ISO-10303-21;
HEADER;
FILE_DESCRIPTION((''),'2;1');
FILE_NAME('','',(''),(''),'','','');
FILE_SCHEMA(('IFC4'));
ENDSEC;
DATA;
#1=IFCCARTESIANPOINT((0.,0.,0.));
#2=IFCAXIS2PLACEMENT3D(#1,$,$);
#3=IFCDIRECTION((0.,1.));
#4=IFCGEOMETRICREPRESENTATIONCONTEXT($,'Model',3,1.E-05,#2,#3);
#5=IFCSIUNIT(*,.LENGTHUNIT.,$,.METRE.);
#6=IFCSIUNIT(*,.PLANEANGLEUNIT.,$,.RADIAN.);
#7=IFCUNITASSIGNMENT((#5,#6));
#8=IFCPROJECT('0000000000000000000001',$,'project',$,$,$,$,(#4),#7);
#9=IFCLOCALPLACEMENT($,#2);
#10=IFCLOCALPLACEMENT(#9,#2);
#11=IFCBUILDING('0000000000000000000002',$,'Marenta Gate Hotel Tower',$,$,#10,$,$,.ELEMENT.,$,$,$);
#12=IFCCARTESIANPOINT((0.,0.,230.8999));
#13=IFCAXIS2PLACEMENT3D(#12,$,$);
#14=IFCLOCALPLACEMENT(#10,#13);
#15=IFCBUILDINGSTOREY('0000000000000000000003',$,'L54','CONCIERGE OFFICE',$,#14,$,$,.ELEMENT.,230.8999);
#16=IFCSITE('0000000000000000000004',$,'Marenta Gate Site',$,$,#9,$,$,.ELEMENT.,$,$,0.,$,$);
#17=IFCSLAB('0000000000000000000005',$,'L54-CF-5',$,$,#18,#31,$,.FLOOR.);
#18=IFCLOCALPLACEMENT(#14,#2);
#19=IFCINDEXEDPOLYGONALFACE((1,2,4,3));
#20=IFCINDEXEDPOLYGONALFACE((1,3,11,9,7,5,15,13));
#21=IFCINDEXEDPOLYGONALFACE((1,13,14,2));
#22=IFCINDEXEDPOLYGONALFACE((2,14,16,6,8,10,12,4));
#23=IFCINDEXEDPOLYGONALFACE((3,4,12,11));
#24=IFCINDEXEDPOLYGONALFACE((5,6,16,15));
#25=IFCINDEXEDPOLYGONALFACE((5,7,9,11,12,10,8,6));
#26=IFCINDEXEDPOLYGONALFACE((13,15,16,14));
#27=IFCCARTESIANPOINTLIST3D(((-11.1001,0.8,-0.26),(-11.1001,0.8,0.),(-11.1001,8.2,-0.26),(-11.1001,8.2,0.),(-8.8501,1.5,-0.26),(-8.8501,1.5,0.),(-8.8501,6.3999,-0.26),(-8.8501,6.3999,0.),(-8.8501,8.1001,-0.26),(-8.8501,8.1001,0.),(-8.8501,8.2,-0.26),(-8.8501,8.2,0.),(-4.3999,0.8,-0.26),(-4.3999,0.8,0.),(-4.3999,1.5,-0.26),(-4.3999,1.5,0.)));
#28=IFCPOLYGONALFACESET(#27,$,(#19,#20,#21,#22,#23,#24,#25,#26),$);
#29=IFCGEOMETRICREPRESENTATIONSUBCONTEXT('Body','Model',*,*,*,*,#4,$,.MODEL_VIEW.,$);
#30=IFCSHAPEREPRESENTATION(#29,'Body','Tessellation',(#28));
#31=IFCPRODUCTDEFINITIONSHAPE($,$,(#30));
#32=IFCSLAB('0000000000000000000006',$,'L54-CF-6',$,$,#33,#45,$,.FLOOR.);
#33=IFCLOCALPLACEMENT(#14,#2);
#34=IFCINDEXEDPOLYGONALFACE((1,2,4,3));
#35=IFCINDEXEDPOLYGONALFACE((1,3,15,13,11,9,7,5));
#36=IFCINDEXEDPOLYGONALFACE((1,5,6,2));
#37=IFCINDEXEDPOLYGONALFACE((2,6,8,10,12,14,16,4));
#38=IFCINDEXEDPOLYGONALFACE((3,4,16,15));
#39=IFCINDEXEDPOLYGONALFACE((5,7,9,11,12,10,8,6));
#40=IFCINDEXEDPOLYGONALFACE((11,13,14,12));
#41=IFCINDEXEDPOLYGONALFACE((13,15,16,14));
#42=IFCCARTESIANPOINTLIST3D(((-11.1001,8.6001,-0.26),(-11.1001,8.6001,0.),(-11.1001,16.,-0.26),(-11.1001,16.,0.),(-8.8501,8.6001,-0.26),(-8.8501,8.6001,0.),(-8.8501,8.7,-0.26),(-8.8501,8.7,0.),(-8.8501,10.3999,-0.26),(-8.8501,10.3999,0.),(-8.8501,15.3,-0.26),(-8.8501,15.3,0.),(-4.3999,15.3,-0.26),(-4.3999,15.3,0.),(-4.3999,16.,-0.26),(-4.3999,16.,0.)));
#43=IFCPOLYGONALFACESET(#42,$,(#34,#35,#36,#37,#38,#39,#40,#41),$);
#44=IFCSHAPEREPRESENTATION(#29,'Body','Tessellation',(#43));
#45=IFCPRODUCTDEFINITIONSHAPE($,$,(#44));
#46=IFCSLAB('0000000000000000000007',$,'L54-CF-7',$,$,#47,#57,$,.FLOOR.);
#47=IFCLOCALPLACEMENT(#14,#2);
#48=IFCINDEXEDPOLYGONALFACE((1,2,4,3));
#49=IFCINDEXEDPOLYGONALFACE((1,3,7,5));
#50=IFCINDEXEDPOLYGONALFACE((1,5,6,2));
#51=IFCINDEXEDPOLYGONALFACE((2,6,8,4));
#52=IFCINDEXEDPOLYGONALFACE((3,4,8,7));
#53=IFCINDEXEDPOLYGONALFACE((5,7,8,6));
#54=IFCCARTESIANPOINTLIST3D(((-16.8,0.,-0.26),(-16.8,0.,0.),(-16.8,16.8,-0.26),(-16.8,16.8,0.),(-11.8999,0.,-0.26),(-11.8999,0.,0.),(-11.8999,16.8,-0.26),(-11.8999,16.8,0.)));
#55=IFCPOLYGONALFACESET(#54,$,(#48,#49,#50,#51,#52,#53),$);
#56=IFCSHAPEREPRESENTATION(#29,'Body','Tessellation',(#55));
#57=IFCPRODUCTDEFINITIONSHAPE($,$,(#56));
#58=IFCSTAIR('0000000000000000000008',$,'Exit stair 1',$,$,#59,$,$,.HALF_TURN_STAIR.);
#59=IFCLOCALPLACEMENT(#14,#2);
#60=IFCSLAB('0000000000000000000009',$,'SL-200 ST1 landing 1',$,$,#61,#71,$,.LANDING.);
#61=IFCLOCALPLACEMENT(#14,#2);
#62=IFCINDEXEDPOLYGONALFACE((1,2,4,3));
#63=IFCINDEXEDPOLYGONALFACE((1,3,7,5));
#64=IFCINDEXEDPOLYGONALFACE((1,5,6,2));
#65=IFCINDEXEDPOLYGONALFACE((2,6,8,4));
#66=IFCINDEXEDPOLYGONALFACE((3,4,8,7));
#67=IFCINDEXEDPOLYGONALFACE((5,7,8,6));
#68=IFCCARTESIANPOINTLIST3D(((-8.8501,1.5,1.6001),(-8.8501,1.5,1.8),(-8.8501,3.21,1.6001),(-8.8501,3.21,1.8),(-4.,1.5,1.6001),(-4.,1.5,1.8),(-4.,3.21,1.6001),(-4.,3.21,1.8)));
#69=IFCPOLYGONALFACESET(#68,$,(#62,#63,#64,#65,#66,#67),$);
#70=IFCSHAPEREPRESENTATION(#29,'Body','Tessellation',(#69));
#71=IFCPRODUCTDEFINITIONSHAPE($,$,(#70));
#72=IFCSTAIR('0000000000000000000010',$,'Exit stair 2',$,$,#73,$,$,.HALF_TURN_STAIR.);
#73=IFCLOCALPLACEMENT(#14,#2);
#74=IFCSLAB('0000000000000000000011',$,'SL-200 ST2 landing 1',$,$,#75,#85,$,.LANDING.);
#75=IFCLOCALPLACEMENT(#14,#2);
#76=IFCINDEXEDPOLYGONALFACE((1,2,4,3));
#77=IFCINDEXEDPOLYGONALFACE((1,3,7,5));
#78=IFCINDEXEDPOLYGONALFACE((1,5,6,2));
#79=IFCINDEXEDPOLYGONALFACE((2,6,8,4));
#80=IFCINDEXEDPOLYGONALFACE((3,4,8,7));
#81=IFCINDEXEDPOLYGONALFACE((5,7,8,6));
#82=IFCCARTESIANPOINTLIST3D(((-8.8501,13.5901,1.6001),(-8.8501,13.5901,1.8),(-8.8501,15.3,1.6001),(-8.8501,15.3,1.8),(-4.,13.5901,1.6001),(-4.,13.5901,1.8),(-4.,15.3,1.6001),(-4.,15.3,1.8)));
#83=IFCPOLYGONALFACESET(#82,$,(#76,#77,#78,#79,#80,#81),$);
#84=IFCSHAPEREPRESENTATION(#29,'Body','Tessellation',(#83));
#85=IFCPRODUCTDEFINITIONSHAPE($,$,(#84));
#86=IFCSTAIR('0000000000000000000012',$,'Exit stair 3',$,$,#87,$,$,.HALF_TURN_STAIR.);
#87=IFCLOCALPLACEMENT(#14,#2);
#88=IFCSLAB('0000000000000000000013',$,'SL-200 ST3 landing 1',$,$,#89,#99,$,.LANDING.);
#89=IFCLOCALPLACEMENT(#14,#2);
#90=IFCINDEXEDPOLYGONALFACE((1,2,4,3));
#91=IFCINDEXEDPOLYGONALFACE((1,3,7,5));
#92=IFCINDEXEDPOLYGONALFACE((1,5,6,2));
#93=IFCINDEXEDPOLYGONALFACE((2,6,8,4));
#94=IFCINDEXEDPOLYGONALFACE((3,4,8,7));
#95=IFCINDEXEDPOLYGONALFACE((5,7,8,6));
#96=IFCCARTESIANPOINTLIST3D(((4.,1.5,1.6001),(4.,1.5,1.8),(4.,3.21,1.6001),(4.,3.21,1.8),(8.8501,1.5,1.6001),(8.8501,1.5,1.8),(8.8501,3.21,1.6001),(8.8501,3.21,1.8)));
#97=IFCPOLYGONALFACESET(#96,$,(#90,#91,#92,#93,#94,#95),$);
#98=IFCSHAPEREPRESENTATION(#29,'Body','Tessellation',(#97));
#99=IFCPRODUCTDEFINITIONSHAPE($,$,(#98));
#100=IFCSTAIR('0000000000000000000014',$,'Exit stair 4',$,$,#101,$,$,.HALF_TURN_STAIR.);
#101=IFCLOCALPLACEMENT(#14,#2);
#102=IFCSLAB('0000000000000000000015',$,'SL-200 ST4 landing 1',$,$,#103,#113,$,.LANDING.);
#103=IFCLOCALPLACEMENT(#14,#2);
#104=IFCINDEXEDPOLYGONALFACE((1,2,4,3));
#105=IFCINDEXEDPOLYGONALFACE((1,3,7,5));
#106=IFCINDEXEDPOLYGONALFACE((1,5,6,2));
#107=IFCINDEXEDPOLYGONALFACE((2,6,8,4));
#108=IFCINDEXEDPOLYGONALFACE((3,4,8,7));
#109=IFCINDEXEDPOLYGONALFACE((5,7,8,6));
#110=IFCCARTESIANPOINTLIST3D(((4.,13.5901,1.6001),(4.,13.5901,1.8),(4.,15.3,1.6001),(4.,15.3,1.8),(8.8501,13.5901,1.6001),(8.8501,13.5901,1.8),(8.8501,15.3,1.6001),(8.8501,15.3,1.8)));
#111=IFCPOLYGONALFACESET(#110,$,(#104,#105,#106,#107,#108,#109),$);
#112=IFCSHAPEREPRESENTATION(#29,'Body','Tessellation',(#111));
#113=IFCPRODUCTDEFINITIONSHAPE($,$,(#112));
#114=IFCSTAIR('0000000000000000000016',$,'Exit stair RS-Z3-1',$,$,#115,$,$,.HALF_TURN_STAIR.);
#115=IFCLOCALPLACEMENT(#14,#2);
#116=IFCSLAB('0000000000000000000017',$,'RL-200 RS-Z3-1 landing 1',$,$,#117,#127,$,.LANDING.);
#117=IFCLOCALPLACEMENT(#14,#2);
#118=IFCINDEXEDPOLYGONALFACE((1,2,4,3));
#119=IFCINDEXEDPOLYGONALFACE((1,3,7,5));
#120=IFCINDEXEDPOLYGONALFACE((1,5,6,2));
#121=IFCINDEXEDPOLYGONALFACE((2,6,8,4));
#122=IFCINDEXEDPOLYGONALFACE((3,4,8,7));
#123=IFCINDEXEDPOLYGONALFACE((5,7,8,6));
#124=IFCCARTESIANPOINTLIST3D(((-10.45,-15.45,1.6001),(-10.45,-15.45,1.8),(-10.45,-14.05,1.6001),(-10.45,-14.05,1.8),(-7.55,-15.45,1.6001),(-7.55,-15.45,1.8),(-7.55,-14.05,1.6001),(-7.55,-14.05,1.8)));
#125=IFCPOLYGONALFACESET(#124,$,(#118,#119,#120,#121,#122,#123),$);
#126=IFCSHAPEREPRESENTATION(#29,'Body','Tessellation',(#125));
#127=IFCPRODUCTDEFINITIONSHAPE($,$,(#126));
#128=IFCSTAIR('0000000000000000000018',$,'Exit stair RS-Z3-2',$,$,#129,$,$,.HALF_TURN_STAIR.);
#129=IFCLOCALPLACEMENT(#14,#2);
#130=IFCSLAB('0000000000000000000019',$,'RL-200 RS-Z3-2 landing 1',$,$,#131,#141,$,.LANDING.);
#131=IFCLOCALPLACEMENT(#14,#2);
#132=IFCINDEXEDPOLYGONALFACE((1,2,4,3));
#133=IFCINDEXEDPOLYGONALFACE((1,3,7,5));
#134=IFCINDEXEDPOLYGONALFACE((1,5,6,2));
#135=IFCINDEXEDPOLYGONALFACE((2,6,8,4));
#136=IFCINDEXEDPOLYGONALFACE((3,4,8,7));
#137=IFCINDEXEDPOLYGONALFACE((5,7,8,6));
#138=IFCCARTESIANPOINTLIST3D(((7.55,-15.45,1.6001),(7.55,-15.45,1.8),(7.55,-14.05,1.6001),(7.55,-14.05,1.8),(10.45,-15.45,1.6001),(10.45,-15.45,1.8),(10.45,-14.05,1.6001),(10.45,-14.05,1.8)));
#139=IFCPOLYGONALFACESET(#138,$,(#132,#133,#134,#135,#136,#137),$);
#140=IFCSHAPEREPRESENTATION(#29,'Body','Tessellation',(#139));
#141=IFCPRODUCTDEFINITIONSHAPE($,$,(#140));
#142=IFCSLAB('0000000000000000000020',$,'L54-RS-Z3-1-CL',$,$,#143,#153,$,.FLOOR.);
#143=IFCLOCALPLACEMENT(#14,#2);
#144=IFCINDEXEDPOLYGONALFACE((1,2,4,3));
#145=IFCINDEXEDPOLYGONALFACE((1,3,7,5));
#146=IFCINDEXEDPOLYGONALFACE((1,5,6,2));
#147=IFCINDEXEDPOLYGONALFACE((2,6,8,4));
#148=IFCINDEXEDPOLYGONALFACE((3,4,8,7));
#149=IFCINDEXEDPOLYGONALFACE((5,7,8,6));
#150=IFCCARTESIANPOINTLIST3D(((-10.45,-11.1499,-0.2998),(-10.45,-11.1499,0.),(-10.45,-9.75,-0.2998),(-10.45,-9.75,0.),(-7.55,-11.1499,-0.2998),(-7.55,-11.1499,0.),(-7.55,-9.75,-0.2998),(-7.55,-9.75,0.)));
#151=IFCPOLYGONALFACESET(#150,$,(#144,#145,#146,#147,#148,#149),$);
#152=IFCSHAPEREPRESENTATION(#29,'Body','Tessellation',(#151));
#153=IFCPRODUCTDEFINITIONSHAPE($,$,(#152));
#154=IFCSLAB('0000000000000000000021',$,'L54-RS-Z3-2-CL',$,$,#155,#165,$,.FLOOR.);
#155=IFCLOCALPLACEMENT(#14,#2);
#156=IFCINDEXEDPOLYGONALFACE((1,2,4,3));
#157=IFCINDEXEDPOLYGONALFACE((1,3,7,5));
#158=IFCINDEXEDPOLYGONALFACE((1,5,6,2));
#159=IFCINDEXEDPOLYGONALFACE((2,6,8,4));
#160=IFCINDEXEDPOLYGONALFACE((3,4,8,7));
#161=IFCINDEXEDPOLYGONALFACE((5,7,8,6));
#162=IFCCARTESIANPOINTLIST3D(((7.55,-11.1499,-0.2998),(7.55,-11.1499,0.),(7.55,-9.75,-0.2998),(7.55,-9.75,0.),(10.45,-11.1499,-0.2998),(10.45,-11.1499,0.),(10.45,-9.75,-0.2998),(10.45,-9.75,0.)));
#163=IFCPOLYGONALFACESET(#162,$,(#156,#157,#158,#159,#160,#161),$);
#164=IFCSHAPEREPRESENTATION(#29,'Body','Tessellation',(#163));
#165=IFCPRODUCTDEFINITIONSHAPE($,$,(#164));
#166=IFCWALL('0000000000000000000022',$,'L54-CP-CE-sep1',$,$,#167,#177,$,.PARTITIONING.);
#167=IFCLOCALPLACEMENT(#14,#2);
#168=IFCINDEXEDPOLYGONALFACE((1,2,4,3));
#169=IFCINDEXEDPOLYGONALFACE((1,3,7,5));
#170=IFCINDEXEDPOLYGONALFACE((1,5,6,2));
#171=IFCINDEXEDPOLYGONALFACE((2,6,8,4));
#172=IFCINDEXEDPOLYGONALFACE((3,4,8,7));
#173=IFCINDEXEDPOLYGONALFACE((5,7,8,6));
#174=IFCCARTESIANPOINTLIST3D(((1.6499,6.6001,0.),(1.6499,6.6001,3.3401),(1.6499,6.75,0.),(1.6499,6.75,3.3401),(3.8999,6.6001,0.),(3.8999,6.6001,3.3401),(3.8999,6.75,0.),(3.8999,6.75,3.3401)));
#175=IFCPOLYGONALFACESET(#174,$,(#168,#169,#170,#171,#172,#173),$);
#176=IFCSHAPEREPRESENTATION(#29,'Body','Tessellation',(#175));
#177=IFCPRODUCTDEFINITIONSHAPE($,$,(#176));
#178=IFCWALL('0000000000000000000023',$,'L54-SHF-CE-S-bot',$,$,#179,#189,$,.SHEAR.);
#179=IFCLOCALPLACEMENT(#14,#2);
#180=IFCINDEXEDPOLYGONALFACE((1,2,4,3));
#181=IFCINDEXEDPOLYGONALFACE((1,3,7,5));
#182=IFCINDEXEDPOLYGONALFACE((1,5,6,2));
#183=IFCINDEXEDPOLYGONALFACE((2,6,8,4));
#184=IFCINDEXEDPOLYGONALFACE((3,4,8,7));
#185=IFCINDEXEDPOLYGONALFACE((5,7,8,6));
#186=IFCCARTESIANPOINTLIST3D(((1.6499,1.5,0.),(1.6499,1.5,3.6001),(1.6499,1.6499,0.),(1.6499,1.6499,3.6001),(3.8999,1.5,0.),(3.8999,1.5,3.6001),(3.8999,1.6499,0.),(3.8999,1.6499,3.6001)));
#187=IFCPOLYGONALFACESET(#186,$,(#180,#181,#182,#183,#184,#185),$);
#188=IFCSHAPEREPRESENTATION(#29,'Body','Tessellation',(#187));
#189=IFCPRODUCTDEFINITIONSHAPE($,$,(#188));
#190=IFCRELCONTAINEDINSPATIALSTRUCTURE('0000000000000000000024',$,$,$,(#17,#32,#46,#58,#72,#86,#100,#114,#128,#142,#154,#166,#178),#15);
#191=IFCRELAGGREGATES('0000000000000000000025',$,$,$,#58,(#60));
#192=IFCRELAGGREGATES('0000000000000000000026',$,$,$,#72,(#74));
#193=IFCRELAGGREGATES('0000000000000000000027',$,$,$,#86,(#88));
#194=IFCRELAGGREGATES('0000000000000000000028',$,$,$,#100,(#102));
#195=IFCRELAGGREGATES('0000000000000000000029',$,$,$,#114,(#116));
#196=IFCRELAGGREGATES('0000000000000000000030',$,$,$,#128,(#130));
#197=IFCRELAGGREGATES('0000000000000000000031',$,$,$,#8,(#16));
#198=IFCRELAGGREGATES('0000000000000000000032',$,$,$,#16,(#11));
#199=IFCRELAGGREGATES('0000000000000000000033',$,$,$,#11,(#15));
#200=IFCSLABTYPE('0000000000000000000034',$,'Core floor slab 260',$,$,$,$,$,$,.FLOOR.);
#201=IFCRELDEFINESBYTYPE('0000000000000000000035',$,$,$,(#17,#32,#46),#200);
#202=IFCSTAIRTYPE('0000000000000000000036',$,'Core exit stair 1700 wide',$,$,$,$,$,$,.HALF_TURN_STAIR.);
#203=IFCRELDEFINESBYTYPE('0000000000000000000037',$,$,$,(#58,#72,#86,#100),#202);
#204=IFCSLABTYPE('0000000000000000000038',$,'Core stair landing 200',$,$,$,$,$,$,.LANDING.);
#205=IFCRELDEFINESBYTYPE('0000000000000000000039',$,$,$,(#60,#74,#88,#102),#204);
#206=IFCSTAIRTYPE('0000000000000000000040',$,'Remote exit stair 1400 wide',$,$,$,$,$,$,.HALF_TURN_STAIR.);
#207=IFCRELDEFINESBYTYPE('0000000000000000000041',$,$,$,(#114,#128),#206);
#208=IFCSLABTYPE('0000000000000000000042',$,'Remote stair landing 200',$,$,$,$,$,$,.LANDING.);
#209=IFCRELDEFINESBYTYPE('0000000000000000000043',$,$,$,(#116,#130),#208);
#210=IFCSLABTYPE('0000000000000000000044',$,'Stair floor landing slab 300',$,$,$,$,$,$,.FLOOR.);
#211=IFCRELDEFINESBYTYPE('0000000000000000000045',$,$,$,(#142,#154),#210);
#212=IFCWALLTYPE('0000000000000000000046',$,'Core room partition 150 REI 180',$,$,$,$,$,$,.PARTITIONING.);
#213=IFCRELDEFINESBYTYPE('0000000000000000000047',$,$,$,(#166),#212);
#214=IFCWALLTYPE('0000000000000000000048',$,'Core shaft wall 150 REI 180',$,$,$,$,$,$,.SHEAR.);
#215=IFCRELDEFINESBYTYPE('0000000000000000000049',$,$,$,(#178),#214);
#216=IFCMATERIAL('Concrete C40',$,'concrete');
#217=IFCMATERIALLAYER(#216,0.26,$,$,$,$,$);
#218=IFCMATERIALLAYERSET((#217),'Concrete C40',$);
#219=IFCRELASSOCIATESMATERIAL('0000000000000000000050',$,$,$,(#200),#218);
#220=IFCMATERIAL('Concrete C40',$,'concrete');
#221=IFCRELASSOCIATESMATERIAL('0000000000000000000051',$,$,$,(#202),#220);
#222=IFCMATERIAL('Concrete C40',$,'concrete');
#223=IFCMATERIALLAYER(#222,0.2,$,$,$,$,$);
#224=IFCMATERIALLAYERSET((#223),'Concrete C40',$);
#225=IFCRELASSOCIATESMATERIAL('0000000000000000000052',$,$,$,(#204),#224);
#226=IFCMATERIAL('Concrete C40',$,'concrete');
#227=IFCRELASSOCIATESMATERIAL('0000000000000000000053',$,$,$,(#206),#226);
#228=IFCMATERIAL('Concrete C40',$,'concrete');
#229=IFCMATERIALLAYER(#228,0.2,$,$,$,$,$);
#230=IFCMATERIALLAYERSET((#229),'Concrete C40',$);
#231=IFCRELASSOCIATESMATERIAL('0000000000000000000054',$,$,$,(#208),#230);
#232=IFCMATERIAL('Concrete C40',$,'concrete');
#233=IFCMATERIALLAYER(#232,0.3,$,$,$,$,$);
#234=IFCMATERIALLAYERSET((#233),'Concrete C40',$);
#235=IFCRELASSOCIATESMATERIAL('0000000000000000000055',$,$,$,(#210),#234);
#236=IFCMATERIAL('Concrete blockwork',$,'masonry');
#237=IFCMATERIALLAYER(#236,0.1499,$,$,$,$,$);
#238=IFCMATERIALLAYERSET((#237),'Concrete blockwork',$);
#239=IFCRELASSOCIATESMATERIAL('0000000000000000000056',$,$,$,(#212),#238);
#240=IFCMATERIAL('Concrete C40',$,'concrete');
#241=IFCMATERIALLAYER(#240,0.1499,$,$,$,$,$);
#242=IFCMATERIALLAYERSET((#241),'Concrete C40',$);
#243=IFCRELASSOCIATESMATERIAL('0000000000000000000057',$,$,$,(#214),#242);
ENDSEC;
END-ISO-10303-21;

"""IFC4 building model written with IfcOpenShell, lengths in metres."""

from ifc_helpers import new_model, si_unit, direction, frame, frame_2d, origin, place, context, subcontext, project, spatial, polyline, rectangle, outline, extrude, material, layer, layer_set, type_object, element, aggregate, save


model = new_model("IFC4")

# Units and contexts
model_context = context("Model", 3, precision=1e-05, world=origin(), true_north=direction((0.0, 1.0)))
body_context = subcontext(model_context, "Body", "Model", "MODEL_VIEW")
ifc_project = project(units=[si_unit("LENGTHUNIT", "METRE"), si_unit("PLANEANGLEUNIT", "RADIAN")], contexts=[model_context])

# Site, building, storey
site_placement = place(None, origin())
site = spatial("IfcSite", under=ifc_project, at=site_placement, Name="Marenta Gate Site", CompositionType="ELEMENT", RefElevation=0.0)
building_placement = place(site_placement, origin())
building = spatial("IfcBuilding", under=site, at=building_placement, Name="Marenta Gate Hotel Tower", CompositionType="ELEMENT")
storey_placement = place(building_placement, frame((0.0, 0.0, 230.8999)))
storey = spatial("IfcBuildingStorey", under=building, at=storey_placement, Name="L54", Description="CONCIERGE OFFICE", CompositionType="ELEMENT", Elevation=230.8999)

# Slabs
ifc_material_1 = material(Name="Concrete C40", Category="concrete")
ifc_layer_1 = layer(ifc_material_1, 0.26)
ifc_layer_set_1 = layer_set([ifc_layer_1], Name="Concrete C40")
slab_type_1 = type_object("IfcSlabType", Name="Core floor slab 260", PredefinedType="FLOOR", material=ifc_layer_set_1)
slab_1_placement = place(storey_placement, frame((0.0, 0.0, -0.26)))
element("IfcSlab", 1, at=slab_1_placement, inside=storey, type_object=slab_type_1, Name="L54-CF-5", PredefinedType="FLOOR", context=body_context, shape_type="SweptSolid", body=[
    extrude(outline(polyline([(-8.8501, 8.2), (-8.8501, 8.1001), (-8.8501, 6.3999), (-8.8501, 1.5), (-4.3999, 1.5), (-4.3999, 0.8), (-11.1001, 0.8), (-11.1001, 8.2), (-8.8501, 8.2)])), origin(), (0.0, 0.0, 1.0), 0.26),
])
slab_2_placement = place(storey_placement, frame((0.0, 0.0, -0.26)))
element("IfcSlab", 2, at=slab_2_placement, inside=storey, type_object=slab_type_1, Name="L54-CF-6", PredefinedType="FLOOR", context=body_context, shape_type="SweptSolid", body=[
    extrude(outline(polyline([(-4.3999, 15.3), (-8.8501, 15.3), (-8.8501, 10.3999), (-8.8501, 8.7), (-8.8501, 8.6001), (-11.1001, 8.6001), (-11.1001, 16.0), (-4.3999, 16.0), (-4.3999, 15.3)])), origin(), (0.0, 0.0, 1.0), 0.26),
])
slab_3_placement = place(storey_placement, frame((0.0, 0.0, -0.26)))
element("IfcSlab", 3, at=slab_3_placement, inside=storey, type_object=slab_type_1, Name="L54-CF-7", PredefinedType="FLOOR", context=body_context, shape_type="SweptSolid", body=[
    extrude(outline(polyline([(-11.8999, 16.8), (-11.8999, 0.0), (-16.8, 0.0), (-16.8, 16.8), (-11.8999, 16.8)])), origin(), (0.0, 0.0, 1.0), 0.26),
])

# Stairs, slabs
ifc_material_2 = material(Name="Concrete C40", Category="concrete")
stair_type_1 = type_object("IfcStairType", Name="Core exit stair 1700 wide", PredefinedType="HALF_TURN_STAIR", material=ifc_material_2)
stair_1_placement = place(storey_placement, origin())
stair_1 = element("IfcStair", 4, at=stair_1_placement, inside=storey, type_object=stair_type_1, Name="Exit stair 1", PredefinedType="HALF_TURN_STAIR")
ifc_material_3 = material(Name="Concrete C40", Category="concrete")
ifc_layer_2 = layer(ifc_material_3, 0.2)
ifc_layer_set_2 = layer_set([ifc_layer_2], Name="Concrete C40")
slab_type_2 = type_object("IfcSlabType", Name="Core stair landing 200", PredefinedType="LANDING", material=ifc_layer_set_2)
slab_4_placement = place(storey_placement, frame((0.0, 0.0, 1.6001)))
slab_4 = element("IfcSlab", 5, at=slab_4_placement, type_object=slab_type_2, Name="SL-200 ST1 landing 1", PredefinedType="LANDING", context=body_context, shape_type="SweptSolid", body=[
    extrude(outline(polyline([(-8.8501, 1.5), (-4.0, 1.5), (-4.0, 3.21), (-8.8501, 3.21), (-8.8501, 1.5)])), origin(), (0.0, 0.0, 1.0), 0.2),
])
aggregate(stair_1, [slab_4])
stair_2_placement = place(storey_placement, origin())
stair_2 = element("IfcStair", 6, at=stair_2_placement, inside=storey, type_object=stair_type_1, Name="Exit stair 2", PredefinedType="HALF_TURN_STAIR")
slab_5_placement = place(storey_placement, frame((0.0, 0.0, 1.6001)))
slab_5 = element("IfcSlab", 7, at=slab_5_placement, type_object=slab_type_2, Name="SL-200 ST2 landing 1", PredefinedType="LANDING", context=body_context, shape_type="SweptSolid", body=[
    extrude(outline(polyline([(-8.8501, 13.5901), (-4.0, 13.5901), (-4.0, 15.3), (-8.8501, 15.3), (-8.8501, 13.5901)])), origin(), (0.0, 0.0, 1.0), 0.2),
])
aggregate(stair_2, [slab_5])
stair_3_placement = place(storey_placement, origin())
stair_3 = element("IfcStair", 8, at=stair_3_placement, inside=storey, type_object=stair_type_1, Name="Exit stair 3", PredefinedType="HALF_TURN_STAIR")
slab_6_placement = place(storey_placement, frame((0.0, 0.0, 1.6001)))
slab_6 = element("IfcSlab", 9, at=slab_6_placement, type_object=slab_type_2, Name="SL-200 ST3 landing 1", PredefinedType="LANDING", context=body_context, shape_type="SweptSolid", body=[
    extrude(outline(polyline([(4.0, 1.5), (8.8501, 1.5), (8.8501, 3.21), (4.0, 3.21), (4.0, 1.5)])), origin(), (0.0, 0.0, 1.0), 0.2),
])
aggregate(stair_3, [slab_6])
stair_4_placement = place(storey_placement, origin())
stair_4 = element("IfcStair", 10, at=stair_4_placement, inside=storey, type_object=stair_type_1, Name="Exit stair 4", PredefinedType="HALF_TURN_STAIR")
slab_7_placement = place(storey_placement, frame((0.0, 0.0, 1.6001)))
slab_7 = element("IfcSlab", 11, at=slab_7_placement, type_object=slab_type_2, Name="SL-200 ST4 landing 1", PredefinedType="LANDING", context=body_context, shape_type="SweptSolid", body=[
    extrude(outline(polyline([(4.0, 13.5901), (8.8501, 13.5901), (8.8501, 15.3), (4.0, 15.3), (4.0, 13.5901)])), origin(), (0.0, 0.0, 1.0), 0.2),
])
aggregate(stair_4, [slab_7])
ifc_material_4 = material(Name="Concrete C40", Category="concrete")
stair_type_2 = type_object("IfcStairType", Name="Remote exit stair 1400 wide", PredefinedType="HALF_TURN_STAIR", material=ifc_material_4)
stair_5_placement = place(storey_placement, origin())
stair_5 = element("IfcStair", 12, at=stair_5_placement, inside=storey, type_object=stair_type_2, Name="Exit stair RS-Z3-1", PredefinedType="HALF_TURN_STAIR")
ifc_material_5 = material(Name="Concrete C40", Category="concrete")
ifc_layer_3 = layer(ifc_material_5, 0.2)
ifc_layer_set_3 = layer_set([ifc_layer_3], Name="Concrete C40")
slab_type_3 = type_object("IfcSlabType", Name="Remote stair landing 200", PredefinedType="LANDING", material=ifc_layer_set_3)
slab_8_placement = place(storey_placement, frame((0.0, 0.0, 1.6001)))
slab_8 = element("IfcSlab", 13, at=slab_8_placement, type_object=slab_type_3, Name="RL-200 RS-Z3-1 landing 1", PredefinedType="LANDING", context=body_context, shape_type="SweptSolid", body=[
    extrude(outline(polyline([(-10.45, -15.45), (-7.55, -15.45), (-7.55, -14.05), (-10.45, -14.05), (-10.45, -15.45)])), origin(), (0.0, 0.0, 1.0), 0.2),
])
aggregate(stair_5, [slab_8])
stair_6_placement = place(storey_placement, origin())
stair_6 = element("IfcStair", 14, at=stair_6_placement, inside=storey, type_object=stair_type_2, Name="Exit stair RS-Z3-2", PredefinedType="HALF_TURN_STAIR")
slab_9_placement = place(storey_placement, frame((0.0, 0.0, 1.6001)))
slab_9 = element("IfcSlab", 15, at=slab_9_placement, type_object=slab_type_3, Name="RL-200 RS-Z3-2 landing 1", PredefinedType="LANDING", context=body_context, shape_type="SweptSolid", body=[
    extrude(outline(polyline([(7.55, -15.45), (10.45, -15.45), (10.45, -14.05), (7.55, -14.05), (7.55, -15.45)])), origin(), (0.0, 0.0, 1.0), 0.2),
])
aggregate(stair_6, [slab_9])

# Slabs
ifc_material_6 = material(Name="Concrete C40", Category="concrete")
ifc_layer_4 = layer(ifc_material_6, 0.3)
ifc_layer_set_4 = layer_set([ifc_layer_4], Name="Concrete C40")
slab_type_4 = type_object("IfcSlabType", Name="Stair floor landing slab 300", PredefinedType="FLOOR", material=ifc_layer_set_4)
slab_10_placement = place(storey_placement, frame((0.0, 0.0, -0.2998)))
element("IfcSlab", 16, at=slab_10_placement, inside=storey, type_object=slab_type_4, Name="L54-RS-Z3-1-CL", PredefinedType="FLOOR", context=body_context, shape_type="SweptSolid", body=[
    extrude(outline(polyline([(-7.55, -11.1499), (-7.55, -9.75), (-10.45, -9.75), (-10.45, -11.1499), (-7.55, -11.1499)])), origin(), (0.0, 0.0, 1.0), 0.2998),
])
slab_11_placement = place(storey_placement, frame((0.0, 0.0, -0.2998)))
element("IfcSlab", 17, at=slab_11_placement, inside=storey, type_object=slab_type_4, Name="L54-RS-Z3-2-CL", PredefinedType="FLOOR", context=body_context, shape_type="SweptSolid", body=[
    extrude(outline(polyline([(10.45, -11.1499), (10.45, -9.75), (7.55, -9.75), (7.55, -11.1499), (10.45, -11.1499)])), origin(), (0.0, 0.0, 1.0), 0.2998),
])

# Walls
ifc_material_7 = material(Name="Concrete blockwork", Category="masonry")
ifc_layer_5 = layer(ifc_material_7, 0.1499)
ifc_layer_set_5 = layer_set([ifc_layer_5], Name="Concrete blockwork")
wall_type_1 = type_object("IfcWallType", Name="Core room partition 150 REI 180", PredefinedType="PARTITIONING", material=ifc_layer_set_5)
wall_1_placement = place(storey_placement, frame((1.6499, 6.675, 0.0), z_axis=(0.0, 0.0, 1.0), x_axis=(1.0, 0.0, 0.0)))
element("IfcWall", 18, at=wall_1_placement, inside=storey, type_object=wall_type_1, Name="L54-CP-CE-sep1", PredefinedType="PARTITIONING", context=body_context, shape_type="SweptSolid", body=[
    extrude(rectangle(XDim=2.25, YDim=0.1499, at=frame_2d((1.125, 0.0))), origin(), (0.0, 0.0, 1.0), 3.3401),
])
ifc_material_8 = material(Name="Concrete C40", Category="concrete")
ifc_layer_6 = layer(ifc_material_8, 0.1499)
ifc_layer_set_6 = layer_set([ifc_layer_6], Name="Concrete C40")
wall_type_2 = type_object("IfcWallType", Name="Core shaft wall 150 REI 180", PredefinedType="SHEAR", material=ifc_layer_set_6)
wall_2_placement = place(storey_placement, frame((1.6499, 1.575, 0.0), z_axis=(0.0, 0.0, 1.0), x_axis=(1.0, 0.0, 0.0)))
element("IfcWall", 19, at=wall_2_placement, inside=storey, type_object=wall_type_2, Name="L54-SHF-CE-S-bot", PredefinedType="SHEAR", context=body_context, shape_type="SweptSolid", body=[
    extrude(rectangle(XDim=2.25, YDim=0.1499, at=frame_2d((1.125, 0.0))), origin(), (0.0, 0.0, 1.0), 3.6001),
])

save(model, "model.ifc")
